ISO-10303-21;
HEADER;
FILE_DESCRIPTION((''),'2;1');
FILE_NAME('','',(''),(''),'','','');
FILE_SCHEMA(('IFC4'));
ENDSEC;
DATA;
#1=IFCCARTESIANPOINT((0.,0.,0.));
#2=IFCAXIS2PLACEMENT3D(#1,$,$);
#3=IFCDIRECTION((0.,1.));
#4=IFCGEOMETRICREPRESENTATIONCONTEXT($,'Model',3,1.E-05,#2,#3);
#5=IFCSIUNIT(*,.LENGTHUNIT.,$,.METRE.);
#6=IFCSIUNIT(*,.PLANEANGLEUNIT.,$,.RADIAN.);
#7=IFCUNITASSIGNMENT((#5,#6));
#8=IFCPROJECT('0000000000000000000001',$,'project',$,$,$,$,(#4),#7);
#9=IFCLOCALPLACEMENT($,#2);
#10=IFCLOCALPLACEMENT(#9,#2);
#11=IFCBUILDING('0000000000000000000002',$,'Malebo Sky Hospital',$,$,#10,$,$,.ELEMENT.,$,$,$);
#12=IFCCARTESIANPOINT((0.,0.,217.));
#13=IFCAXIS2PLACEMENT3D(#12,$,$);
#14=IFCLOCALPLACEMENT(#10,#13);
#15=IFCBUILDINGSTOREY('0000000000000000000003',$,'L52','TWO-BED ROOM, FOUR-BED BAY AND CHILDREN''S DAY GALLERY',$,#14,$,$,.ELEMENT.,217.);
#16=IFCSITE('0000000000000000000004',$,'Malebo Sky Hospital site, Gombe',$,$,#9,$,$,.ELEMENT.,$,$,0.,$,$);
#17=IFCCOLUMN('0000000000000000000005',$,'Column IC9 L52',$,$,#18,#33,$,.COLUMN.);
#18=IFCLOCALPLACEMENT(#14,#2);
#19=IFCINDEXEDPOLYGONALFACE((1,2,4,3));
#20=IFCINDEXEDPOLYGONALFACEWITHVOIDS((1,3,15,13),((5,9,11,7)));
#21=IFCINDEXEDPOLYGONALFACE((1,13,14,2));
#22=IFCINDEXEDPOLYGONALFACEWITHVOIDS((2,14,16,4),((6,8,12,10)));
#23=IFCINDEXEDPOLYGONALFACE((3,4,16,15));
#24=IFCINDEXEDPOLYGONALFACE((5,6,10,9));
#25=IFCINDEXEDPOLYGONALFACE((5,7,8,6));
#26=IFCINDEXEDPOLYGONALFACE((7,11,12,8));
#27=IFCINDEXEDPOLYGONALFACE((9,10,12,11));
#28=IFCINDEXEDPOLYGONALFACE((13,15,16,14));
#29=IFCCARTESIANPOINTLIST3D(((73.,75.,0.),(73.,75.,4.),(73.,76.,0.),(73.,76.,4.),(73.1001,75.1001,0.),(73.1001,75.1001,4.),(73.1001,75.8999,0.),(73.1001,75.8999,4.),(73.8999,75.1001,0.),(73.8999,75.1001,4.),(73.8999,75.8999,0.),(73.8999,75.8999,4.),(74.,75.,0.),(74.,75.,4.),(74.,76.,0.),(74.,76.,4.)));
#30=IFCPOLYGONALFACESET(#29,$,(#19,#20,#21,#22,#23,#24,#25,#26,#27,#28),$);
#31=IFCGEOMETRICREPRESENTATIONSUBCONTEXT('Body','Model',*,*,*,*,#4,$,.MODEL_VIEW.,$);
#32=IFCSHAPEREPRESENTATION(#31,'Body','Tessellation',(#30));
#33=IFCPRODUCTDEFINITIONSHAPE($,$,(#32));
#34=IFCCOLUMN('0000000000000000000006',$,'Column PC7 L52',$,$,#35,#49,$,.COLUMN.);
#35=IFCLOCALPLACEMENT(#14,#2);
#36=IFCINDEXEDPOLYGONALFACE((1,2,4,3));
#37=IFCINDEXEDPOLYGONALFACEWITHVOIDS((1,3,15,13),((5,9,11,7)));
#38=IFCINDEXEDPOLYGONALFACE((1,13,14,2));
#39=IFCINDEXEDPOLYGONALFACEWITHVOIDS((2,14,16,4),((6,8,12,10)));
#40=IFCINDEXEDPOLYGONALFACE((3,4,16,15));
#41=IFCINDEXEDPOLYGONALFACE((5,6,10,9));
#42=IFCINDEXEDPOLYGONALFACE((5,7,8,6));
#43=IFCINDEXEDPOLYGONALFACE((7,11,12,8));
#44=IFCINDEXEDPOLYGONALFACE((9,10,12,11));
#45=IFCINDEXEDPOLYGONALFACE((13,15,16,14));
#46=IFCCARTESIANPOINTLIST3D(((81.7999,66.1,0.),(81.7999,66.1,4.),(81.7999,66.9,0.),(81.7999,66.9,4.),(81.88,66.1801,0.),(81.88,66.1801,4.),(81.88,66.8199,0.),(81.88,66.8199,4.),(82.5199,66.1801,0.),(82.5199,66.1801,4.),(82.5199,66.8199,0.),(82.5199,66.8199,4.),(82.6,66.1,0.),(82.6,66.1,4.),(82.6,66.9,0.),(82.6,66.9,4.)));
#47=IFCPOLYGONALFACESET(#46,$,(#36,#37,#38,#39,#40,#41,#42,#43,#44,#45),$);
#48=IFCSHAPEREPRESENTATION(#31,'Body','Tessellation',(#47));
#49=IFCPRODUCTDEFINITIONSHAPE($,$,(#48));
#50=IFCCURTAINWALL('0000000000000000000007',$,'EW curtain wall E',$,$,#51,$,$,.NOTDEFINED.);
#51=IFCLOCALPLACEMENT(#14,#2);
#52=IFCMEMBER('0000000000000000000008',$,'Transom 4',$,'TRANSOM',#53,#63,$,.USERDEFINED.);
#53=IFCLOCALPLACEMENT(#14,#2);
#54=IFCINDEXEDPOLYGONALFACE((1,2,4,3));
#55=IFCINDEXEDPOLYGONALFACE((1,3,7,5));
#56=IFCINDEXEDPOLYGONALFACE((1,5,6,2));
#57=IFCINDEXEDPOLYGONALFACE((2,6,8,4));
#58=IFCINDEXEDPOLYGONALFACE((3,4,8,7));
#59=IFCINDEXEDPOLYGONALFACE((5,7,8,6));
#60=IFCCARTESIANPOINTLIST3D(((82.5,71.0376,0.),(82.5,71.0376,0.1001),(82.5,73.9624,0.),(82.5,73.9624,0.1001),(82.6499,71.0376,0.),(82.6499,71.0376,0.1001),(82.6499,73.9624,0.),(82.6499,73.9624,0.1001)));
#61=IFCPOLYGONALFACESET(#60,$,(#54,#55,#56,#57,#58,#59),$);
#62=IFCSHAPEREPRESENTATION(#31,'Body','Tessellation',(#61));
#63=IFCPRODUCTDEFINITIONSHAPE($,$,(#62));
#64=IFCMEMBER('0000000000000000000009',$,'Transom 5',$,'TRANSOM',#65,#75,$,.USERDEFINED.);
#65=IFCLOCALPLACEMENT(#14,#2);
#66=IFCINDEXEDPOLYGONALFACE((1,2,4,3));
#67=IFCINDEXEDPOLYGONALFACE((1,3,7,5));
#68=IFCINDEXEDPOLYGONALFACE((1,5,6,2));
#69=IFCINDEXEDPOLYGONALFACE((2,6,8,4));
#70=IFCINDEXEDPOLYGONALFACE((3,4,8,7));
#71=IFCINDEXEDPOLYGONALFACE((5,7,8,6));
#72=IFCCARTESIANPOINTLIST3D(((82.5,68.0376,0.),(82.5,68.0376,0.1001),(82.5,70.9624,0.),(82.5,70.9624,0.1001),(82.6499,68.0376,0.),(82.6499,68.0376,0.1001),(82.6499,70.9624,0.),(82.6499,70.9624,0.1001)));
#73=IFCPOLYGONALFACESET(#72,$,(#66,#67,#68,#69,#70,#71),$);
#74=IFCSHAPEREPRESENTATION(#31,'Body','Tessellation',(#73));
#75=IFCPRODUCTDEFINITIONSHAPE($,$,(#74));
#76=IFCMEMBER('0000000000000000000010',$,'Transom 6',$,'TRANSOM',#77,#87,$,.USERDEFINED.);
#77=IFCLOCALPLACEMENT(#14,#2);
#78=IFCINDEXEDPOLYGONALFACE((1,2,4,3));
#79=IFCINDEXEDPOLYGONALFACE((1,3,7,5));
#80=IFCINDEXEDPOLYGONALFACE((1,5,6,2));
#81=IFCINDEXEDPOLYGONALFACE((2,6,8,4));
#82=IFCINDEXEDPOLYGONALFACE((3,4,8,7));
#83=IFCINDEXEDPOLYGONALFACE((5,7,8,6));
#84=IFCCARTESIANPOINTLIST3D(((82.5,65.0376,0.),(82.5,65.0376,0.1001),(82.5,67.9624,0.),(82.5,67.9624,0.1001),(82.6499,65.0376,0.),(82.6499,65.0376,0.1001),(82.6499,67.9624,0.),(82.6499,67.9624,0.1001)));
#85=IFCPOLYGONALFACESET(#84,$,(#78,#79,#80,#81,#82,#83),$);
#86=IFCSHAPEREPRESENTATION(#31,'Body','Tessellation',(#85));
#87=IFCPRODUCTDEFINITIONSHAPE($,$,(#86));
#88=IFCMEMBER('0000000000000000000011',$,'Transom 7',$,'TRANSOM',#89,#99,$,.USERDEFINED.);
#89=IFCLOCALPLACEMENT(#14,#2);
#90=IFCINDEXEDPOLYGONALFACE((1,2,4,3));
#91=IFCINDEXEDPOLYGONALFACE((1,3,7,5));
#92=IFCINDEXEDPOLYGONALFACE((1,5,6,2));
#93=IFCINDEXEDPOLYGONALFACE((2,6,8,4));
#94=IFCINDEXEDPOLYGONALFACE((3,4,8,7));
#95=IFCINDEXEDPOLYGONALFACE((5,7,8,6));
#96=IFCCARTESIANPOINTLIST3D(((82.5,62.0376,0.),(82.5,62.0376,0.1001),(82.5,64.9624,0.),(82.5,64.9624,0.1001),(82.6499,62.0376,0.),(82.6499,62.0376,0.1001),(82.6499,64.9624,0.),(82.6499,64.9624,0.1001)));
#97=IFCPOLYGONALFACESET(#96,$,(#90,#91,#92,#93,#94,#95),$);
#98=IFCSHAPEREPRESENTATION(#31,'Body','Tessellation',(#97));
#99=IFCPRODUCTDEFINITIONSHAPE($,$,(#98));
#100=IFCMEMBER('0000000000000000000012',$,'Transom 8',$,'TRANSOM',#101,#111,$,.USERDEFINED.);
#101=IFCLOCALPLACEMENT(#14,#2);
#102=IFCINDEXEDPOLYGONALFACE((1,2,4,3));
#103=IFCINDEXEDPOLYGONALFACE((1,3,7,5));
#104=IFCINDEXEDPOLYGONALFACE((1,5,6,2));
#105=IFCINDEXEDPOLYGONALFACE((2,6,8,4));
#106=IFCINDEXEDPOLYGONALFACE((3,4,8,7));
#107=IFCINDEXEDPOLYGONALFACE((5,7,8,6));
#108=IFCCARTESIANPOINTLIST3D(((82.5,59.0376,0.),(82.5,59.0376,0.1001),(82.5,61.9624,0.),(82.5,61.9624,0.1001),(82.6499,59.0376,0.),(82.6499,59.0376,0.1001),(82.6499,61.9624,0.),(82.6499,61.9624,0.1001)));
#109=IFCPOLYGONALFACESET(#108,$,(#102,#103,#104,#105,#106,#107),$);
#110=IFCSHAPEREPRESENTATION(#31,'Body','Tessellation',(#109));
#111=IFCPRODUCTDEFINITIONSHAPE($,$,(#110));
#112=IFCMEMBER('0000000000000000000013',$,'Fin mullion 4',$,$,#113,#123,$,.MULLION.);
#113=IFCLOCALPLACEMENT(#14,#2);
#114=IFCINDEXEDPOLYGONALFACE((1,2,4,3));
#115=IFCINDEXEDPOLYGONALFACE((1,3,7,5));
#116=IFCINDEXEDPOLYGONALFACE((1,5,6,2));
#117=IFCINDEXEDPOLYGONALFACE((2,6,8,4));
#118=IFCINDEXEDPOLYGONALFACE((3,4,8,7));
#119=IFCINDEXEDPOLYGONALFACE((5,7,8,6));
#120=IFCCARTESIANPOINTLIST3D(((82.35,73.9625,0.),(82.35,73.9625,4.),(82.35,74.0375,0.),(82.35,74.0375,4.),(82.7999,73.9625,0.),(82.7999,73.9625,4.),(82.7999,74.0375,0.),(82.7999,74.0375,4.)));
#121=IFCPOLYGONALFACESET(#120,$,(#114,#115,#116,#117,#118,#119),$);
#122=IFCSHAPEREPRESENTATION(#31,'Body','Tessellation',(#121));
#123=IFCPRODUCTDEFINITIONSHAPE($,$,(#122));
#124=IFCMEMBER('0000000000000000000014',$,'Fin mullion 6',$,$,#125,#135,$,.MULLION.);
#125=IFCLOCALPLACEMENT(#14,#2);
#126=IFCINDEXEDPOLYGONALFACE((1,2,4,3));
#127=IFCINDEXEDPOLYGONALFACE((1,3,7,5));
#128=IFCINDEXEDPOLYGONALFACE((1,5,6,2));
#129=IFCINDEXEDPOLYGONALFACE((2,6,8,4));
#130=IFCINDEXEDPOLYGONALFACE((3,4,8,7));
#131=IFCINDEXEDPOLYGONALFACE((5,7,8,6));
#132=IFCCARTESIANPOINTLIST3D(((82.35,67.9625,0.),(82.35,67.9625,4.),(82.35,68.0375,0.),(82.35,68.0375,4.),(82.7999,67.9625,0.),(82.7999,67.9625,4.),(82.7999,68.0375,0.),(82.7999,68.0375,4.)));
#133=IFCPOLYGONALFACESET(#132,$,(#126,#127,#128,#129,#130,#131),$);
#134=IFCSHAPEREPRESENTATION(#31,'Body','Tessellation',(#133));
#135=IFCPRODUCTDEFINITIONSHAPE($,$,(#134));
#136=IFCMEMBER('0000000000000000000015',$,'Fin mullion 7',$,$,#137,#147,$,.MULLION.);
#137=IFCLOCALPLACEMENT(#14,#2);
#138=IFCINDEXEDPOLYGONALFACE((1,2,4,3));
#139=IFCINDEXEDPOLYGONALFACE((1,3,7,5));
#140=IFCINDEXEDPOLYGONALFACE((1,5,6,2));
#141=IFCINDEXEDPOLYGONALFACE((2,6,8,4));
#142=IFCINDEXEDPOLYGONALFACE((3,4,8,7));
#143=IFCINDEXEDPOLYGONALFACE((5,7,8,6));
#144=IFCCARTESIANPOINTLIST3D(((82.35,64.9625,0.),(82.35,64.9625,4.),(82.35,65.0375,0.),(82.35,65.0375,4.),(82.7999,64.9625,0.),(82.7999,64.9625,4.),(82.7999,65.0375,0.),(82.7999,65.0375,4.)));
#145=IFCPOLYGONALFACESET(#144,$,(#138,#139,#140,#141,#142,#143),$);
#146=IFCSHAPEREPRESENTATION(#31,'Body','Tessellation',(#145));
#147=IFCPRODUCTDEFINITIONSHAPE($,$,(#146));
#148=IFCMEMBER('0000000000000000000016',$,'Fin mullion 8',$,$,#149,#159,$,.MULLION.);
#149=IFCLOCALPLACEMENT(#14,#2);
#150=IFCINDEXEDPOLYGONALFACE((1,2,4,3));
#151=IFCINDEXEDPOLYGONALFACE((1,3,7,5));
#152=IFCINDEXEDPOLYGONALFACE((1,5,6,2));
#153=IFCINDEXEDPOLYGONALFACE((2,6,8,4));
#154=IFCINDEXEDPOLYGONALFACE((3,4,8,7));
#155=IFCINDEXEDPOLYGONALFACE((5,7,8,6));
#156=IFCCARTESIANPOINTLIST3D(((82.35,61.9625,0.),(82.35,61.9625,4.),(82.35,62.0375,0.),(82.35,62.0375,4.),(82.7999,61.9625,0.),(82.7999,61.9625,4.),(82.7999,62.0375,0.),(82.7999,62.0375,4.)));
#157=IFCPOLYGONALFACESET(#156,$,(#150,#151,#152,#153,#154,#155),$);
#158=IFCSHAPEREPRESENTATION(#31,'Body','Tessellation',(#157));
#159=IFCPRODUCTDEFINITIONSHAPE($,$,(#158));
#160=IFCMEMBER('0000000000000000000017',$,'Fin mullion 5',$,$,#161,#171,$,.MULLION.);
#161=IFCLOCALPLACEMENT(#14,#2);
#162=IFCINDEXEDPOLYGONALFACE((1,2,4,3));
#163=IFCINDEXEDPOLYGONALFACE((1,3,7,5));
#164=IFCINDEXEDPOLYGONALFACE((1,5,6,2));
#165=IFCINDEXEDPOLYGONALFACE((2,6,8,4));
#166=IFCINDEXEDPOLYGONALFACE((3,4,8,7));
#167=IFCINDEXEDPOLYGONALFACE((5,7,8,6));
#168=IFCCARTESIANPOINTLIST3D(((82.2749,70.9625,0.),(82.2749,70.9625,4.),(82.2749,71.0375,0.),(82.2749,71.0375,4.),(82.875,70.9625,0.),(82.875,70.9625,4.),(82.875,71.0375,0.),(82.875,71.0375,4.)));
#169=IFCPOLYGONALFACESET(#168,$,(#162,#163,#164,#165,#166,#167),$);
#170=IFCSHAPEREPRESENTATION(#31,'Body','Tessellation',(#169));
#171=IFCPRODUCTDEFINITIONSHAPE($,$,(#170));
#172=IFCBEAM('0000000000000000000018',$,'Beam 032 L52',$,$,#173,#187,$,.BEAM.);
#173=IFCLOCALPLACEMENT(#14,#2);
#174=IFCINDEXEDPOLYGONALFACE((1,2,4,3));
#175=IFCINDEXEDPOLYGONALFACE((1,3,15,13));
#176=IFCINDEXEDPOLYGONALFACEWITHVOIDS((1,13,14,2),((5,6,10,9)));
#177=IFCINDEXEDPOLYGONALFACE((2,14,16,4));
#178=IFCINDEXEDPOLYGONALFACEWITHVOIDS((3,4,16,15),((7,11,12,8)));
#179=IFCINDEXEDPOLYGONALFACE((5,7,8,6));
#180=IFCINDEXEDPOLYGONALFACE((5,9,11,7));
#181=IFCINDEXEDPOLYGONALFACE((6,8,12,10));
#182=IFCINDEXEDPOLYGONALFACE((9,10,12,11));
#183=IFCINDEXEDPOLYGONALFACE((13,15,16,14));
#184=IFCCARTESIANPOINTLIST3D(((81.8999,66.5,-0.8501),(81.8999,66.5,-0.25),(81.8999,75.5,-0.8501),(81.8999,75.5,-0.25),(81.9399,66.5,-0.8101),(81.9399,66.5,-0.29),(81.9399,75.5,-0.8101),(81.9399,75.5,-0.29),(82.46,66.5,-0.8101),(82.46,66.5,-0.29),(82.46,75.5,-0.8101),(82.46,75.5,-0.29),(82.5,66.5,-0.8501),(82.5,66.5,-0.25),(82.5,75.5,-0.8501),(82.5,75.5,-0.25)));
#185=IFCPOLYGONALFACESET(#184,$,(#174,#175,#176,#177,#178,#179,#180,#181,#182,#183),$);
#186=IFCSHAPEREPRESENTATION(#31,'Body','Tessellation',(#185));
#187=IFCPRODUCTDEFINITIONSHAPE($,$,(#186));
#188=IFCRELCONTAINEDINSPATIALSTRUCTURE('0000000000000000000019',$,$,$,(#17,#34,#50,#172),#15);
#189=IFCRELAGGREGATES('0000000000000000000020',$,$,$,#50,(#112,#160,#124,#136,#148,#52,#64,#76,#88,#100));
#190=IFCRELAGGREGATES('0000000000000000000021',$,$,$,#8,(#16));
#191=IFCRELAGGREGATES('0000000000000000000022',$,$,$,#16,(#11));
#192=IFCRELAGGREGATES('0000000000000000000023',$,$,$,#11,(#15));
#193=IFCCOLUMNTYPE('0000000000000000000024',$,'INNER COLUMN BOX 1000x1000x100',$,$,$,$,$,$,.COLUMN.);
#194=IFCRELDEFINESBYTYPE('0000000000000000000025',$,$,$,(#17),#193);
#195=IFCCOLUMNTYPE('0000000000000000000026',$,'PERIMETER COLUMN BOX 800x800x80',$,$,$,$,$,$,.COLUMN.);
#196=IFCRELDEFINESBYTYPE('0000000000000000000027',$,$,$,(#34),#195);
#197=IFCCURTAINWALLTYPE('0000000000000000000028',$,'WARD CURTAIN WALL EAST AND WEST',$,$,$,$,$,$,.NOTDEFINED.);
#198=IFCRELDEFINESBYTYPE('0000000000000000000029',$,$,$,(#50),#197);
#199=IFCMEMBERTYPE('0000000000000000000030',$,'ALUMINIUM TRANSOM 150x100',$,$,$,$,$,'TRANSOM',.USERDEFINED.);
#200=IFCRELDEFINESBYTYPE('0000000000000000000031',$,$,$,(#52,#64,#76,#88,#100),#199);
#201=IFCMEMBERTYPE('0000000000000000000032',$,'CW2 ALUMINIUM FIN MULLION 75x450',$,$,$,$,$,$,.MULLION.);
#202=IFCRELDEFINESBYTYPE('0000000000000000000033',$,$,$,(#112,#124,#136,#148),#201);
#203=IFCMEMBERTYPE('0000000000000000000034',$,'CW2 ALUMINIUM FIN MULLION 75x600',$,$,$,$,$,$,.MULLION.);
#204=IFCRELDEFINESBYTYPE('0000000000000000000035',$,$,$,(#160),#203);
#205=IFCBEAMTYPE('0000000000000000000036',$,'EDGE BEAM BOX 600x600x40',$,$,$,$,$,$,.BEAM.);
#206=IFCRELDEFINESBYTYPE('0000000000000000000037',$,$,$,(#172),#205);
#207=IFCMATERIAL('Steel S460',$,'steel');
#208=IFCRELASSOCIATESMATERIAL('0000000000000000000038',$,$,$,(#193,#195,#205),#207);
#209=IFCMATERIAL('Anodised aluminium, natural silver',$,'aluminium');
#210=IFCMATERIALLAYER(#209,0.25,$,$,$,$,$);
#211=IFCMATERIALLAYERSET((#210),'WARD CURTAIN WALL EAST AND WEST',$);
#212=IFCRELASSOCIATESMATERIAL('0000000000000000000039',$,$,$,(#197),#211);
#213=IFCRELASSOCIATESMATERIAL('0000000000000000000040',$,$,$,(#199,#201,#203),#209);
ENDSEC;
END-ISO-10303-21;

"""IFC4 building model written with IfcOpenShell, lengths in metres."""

from ifc_helpers import new_model, si_unit, direction, frame, origin, origin_2d, place, context, subcontext, project, spatial, rectangle, hollow_rectangle, extrude, material, layer, layer_set, material_profile, profile_set, type_object, element, aggregate, save


model = new_model("IFC4")

# Units and contexts
model_context = context("Model", 3, precision=1e-05, world=origin(), true_north=direction((0.0, 1.0)))
body_context = subcontext(model_context, "Body", "Model", "MODEL_VIEW")
ifc_project = project(units=[si_unit("LENGTHUNIT", "METRE"), si_unit("PLANEANGLEUNIT", "RADIAN")], contexts=[model_context])

# Site, building, storey
site_placement = place(None, origin())
site = spatial("IfcSite", under=ifc_project, at=site_placement, Name="Malebo Sky Hospital site, Gombe", CompositionType="ELEMENT", RefElevation=0.0)
building_placement = place(site_placement, origin())
building = spatial("IfcBuilding", under=site, at=building_placement, Name="Malebo Sky Hospital", CompositionType="ELEMENT")
storey_placement = place(building_placement, frame((0.0, 0.0, 217.0)))
storey = spatial("IfcBuildingStorey", under=building, at=storey_placement, Name="L52", Description="TWO-BED ROOM, FOUR-BED BAY AND CHILDREN'S DAY GALLERY", CompositionType="ELEMENT", Elevation=217.0)

# Columns
ifc_material_1 = material(Name="Steel S460", Category="steel")
ifc_material_profile_1 = material_profile(ifc_material_1, hollow_rectangle(XDim=1.0, YDim=1.0, WallThickness=0.1001, at=origin_2d()), Name="BOX 1000x1000x100")
ifc_profile_set_1 = profile_set([ifc_material_profile_1], Name="Steel S460")
column_type_1 = type_object("IfcColumnType", Name="INNER COLUMN BOX 1000x1000x100", PredefinedType="COLUMN", material=ifc_profile_set_1)
column_1_placement = place(storey_placement, frame((73.5, 75.5, 0.0), z_axis=(0.0, 0.0, 1.0), x_axis=(1.0, 0.0, 0.0)))
element("IfcColumn", 1, at=column_1_placement, inside=storey, type_object=column_type_1, Name="Column IC9 L52", PredefinedType="COLUMN", context=body_context, shape_type="SweptSolid", body=[
    extrude(hollow_rectangle(XDim=1.0, YDim=1.0, WallThickness=0.1001, at=origin_2d()), origin(), (0.0, 0.0, 1.0), 4.0),
])
ifc_material_profile_2 = material_profile(ifc_material_1, hollow_rectangle(XDim=0.8, YDim=0.8, WallThickness=0.0801, at=origin_2d()), Name="BOX 800x800x80")
ifc_profile_set_2 = profile_set([ifc_material_profile_2], Name="Steel S460")
column_type_2 = type_object("IfcColumnType", Name="PERIMETER COLUMN BOX 800x800x80", PredefinedType="COLUMN", material=ifc_profile_set_2)
column_2_placement = place(storey_placement, frame((82.2, 66.5, 0.0), z_axis=(0.0, 0.0, 1.0), x_axis=(1.0, 0.0, 0.0)))
element("IfcColumn", 2, at=column_2_placement, inside=storey, type_object=column_type_2, Name="Column PC7 L52", PredefinedType="COLUMN", context=body_context, shape_type="SweptSolid", body=[
    extrude(hollow_rectangle(XDim=0.8, YDim=0.8, WallThickness=0.0801, at=origin_2d()), origin(), (0.0, 0.0, 1.0), 4.0),
])

# Curtain wall, members
ifc_material_2 = material(Name="Anodised aluminium, natural silver", Category="aluminium")
ifc_layer_1 = layer(ifc_material_2, 0.25)
ifc_layer_set_1 = layer_set([ifc_layer_1], Name="WARD CURTAIN WALL EAST AND WEST")
curtain_wall_type = type_object("IfcCurtainWallType", Name="WARD CURTAIN WALL EAST AND WEST", PredefinedType="NOTDEFINED", material=ifc_layer_set_1)
curtain_wall_placement = place(storey_placement, origin())
curtain_wall = element("IfcCurtainWall", 3, at=curtain_wall_placement, inside=storey, type_object=curtain_wall_type, Name="EW curtain wall E", PredefinedType="NOTDEFINED")
ifc_material_profile_3 = material_profile(ifc_material_2, rectangle(XDim=0.1499, YDim=0.1001, at=origin_2d()), Name="ALUMINIUM TRANSOM 150x100")
ifc_profile_set_3 = profile_set([ifc_material_profile_3], Name="Anodised aluminium, natural silver")
member_type_1 = type_object("IfcMemberType", Name="ALUMINIUM TRANSOM 150x100", ElementType="TRANSOM", PredefinedType="USERDEFINED", material=ifc_profile_set_3)
member_1_placement = place(storey_placement, frame((82.575, 73.9624, 0.05), z_axis=(0.0, -1.0, 0.0), x_axis=(1.0, 0.0, 0.0)))
member_1 = element("IfcMember", 4, at=member_1_placement, type_object=member_type_1, Name="Transom 4", ObjectType="TRANSOM", PredefinedType="USERDEFINED", context=body_context, shape_type="SweptSolid", body=[
    extrude(rectangle(XDim=0.1499, YDim=0.1001, at=origin_2d()), origin(), (0.0, 0.0, 1.0), 2.9248),
])
member_2_placement = place(storey_placement, frame((82.575, 70.9624, 0.05), z_axis=(0.0, -1.0, 0.0), x_axis=(1.0, 0.0, 0.0)))
member_2 = element("IfcMember", 5, at=member_2_placement, type_object=member_type_1, Name="Transom 5", ObjectType="TRANSOM", PredefinedType="USERDEFINED", context=body_context, shape_type="SweptSolid", body=[
    extrude(rectangle(XDim=0.1499, YDim=0.1001, at=origin_2d()), origin(), (0.0, 0.0, 1.0), 2.9248),
])
member_3_placement = place(storey_placement, frame((82.575, 67.9624, 0.05), z_axis=(0.0, -1.0, 0.0), x_axis=(1.0, 0.0, 0.0)))
member_3 = element("IfcMember", 6, at=member_3_placement, type_object=member_type_1, Name="Transom 6", ObjectType="TRANSOM", PredefinedType="USERDEFINED", context=body_context, shape_type="SweptSolid", body=[
    extrude(rectangle(XDim=0.1499, YDim=0.1001, at=origin_2d()), origin(), (0.0, 0.0, 1.0), 2.9248),
])
member_4_placement = place(storey_placement, frame((82.575, 64.9624, 0.05), z_axis=(0.0, -1.0, 0.0), x_axis=(1.0, 0.0, 0.0)))
member_4 = element("IfcMember", 7, at=member_4_placement, type_object=member_type_1, Name="Transom 7", ObjectType="TRANSOM", PredefinedType="USERDEFINED", context=body_context, shape_type="SweptSolid", body=[
    extrude(rectangle(XDim=0.1499, YDim=0.1001, at=origin_2d()), origin(), (0.0, 0.0, 1.0), 2.9248),
])
member_5_placement = place(storey_placement, frame((82.575, 61.9624, 0.05), z_axis=(0.0, -1.0, 0.0), x_axis=(1.0, 0.0, 0.0)))
member_5 = element("IfcMember", 8, at=member_5_placement, type_object=member_type_1, Name="Transom 8", ObjectType="TRANSOM", PredefinedType="USERDEFINED", context=body_context, shape_type="SweptSolid", body=[
    extrude(rectangle(XDim=0.1499, YDim=0.1001, at=origin_2d()), origin(), (0.0, 0.0, 1.0), 2.9248),
])
ifc_material_profile_4 = material_profile(ifc_material_2, rectangle(XDim=0.075, YDim=0.45, at=origin_2d()), Name="CW2 ALUMINIUM FIN MULLION 75x450")
ifc_profile_set_4 = profile_set([ifc_material_profile_4], Name="Anodised aluminium, natural silver")
member_type_2 = type_object("IfcMemberType", Name="CW2 ALUMINIUM FIN MULLION 75x450", PredefinedType="MULLION", material=ifc_profile_set_4)
member_6_placement = place(storey_placement, frame((82.575, 74.0, 0.0), z_axis=(0.0, 0.0, 1.0), x_axis=(0.0, -1.0, 0.0)))
member_6 = element("IfcMember", 9, at=member_6_placement, type_object=member_type_2, Name="Fin mullion 4", PredefinedType="MULLION", context=body_context, shape_type="SweptSolid", body=[
    extrude(rectangle(XDim=0.075, YDim=0.45, at=origin_2d()), origin(), (0.0, 0.0, 1.0), 4.0),
])
member_7_placement = place(storey_placement, frame((82.575, 68.0, 0.0), z_axis=(0.0, 0.0, 1.0), x_axis=(0.0, -1.0, 0.0)))
member_7 = element("IfcMember", 10, at=member_7_placement, type_object=member_type_2, Name="Fin mullion 6", PredefinedType="MULLION", context=body_context, shape_type="SweptSolid", body=[
    extrude(rectangle(XDim=0.075, YDim=0.45, at=origin_2d()), origin(), (0.0, 0.0, 1.0), 4.0),
])
member_8_placement = place(storey_placement, frame((82.575, 65.0, 0.0), z_axis=(0.0, 0.0, 1.0), x_axis=(0.0, -1.0, 0.0)))
member_8 = element("IfcMember", 11, at=member_8_placement, type_object=member_type_2, Name="Fin mullion 7", PredefinedType="MULLION", context=body_context, shape_type="SweptSolid", body=[
    extrude(rectangle(XDim=0.075, YDim=0.45, at=origin_2d()), origin(), (0.0, 0.0, 1.0), 4.0),
])
member_9_placement = place(storey_placement, frame((82.575, 62.0, 0.0), z_axis=(0.0, 0.0, 1.0), x_axis=(0.0, -1.0, 0.0)))
member_9 = element("IfcMember", 12, at=member_9_placement, type_object=member_type_2, Name="Fin mullion 8", PredefinedType="MULLION", context=body_context, shape_type="SweptSolid", body=[
    extrude(rectangle(XDim=0.075, YDim=0.45, at=origin_2d()), origin(), (0.0, 0.0, 1.0), 4.0),
])
ifc_material_profile_5 = material_profile(ifc_material_2, rectangle(XDim=0.075, YDim=0.6001, at=origin_2d()), Name="CW2 ALUMINIUM FIN MULLION 75x600")
ifc_profile_set_5 = profile_set([ifc_material_profile_5], Name="Anodised aluminium, natural silver")
member_type_3 = type_object("IfcMemberType", Name="CW2 ALUMINIUM FIN MULLION 75x600", PredefinedType="MULLION", material=ifc_profile_set_5)
member_10_placement = place(storey_placement, frame((82.575, 71.0, 0.0), z_axis=(0.0, 0.0, 1.0), x_axis=(0.0, -1.0, 0.0)))
member_10 = element("IfcMember", 13, at=member_10_placement, type_object=member_type_3, Name="Fin mullion 5", PredefinedType="MULLION", context=body_context, shape_type="SweptSolid", body=[
    extrude(rectangle(XDim=0.075, YDim=0.6001, at=origin_2d()), origin(), (0.0, 0.0, 1.0), 4.0),
])

# Beam
ifc_material_profile_6 = material_profile(ifc_material_1, hollow_rectangle(XDim=0.6001, YDim=0.6001, WallThickness=0.04, at=origin_2d()), Name="BOX 600x600x40")
ifc_profile_set_6 = profile_set([ifc_material_profile_6], Name="Steel S460")
beam_type_1 = type_object("IfcBeamType", Name="EDGE BEAM BOX 600x600x40", PredefinedType="BEAM", material=ifc_profile_set_6)
beam_1_placement = place(storey_placement, frame((82.2, 66.5, -0.55), z_axis=(0.0, 1.0, 0.0), x_axis=(-1.0, 0.0, 0.0)))
element("IfcBeam", 14, at=beam_1_placement, inside=storey, type_object=beam_type_1, Name="Beam 032 L52", PredefinedType="BEAM", context=body_context, shape_type="SweptSolid", body=[
    extrude(hollow_rectangle(XDim=0.6001, YDim=0.6001, WallThickness=0.04, at=origin_2d()), origin(), (0.0, 0.0, 1.0), 9.0),
])

aggregate(curtain_wall, [member_6, member_10, member_7, member_8, member_9, member_1, member_2, member_3, member_4, member_5])

save(model, "model.ifc")
